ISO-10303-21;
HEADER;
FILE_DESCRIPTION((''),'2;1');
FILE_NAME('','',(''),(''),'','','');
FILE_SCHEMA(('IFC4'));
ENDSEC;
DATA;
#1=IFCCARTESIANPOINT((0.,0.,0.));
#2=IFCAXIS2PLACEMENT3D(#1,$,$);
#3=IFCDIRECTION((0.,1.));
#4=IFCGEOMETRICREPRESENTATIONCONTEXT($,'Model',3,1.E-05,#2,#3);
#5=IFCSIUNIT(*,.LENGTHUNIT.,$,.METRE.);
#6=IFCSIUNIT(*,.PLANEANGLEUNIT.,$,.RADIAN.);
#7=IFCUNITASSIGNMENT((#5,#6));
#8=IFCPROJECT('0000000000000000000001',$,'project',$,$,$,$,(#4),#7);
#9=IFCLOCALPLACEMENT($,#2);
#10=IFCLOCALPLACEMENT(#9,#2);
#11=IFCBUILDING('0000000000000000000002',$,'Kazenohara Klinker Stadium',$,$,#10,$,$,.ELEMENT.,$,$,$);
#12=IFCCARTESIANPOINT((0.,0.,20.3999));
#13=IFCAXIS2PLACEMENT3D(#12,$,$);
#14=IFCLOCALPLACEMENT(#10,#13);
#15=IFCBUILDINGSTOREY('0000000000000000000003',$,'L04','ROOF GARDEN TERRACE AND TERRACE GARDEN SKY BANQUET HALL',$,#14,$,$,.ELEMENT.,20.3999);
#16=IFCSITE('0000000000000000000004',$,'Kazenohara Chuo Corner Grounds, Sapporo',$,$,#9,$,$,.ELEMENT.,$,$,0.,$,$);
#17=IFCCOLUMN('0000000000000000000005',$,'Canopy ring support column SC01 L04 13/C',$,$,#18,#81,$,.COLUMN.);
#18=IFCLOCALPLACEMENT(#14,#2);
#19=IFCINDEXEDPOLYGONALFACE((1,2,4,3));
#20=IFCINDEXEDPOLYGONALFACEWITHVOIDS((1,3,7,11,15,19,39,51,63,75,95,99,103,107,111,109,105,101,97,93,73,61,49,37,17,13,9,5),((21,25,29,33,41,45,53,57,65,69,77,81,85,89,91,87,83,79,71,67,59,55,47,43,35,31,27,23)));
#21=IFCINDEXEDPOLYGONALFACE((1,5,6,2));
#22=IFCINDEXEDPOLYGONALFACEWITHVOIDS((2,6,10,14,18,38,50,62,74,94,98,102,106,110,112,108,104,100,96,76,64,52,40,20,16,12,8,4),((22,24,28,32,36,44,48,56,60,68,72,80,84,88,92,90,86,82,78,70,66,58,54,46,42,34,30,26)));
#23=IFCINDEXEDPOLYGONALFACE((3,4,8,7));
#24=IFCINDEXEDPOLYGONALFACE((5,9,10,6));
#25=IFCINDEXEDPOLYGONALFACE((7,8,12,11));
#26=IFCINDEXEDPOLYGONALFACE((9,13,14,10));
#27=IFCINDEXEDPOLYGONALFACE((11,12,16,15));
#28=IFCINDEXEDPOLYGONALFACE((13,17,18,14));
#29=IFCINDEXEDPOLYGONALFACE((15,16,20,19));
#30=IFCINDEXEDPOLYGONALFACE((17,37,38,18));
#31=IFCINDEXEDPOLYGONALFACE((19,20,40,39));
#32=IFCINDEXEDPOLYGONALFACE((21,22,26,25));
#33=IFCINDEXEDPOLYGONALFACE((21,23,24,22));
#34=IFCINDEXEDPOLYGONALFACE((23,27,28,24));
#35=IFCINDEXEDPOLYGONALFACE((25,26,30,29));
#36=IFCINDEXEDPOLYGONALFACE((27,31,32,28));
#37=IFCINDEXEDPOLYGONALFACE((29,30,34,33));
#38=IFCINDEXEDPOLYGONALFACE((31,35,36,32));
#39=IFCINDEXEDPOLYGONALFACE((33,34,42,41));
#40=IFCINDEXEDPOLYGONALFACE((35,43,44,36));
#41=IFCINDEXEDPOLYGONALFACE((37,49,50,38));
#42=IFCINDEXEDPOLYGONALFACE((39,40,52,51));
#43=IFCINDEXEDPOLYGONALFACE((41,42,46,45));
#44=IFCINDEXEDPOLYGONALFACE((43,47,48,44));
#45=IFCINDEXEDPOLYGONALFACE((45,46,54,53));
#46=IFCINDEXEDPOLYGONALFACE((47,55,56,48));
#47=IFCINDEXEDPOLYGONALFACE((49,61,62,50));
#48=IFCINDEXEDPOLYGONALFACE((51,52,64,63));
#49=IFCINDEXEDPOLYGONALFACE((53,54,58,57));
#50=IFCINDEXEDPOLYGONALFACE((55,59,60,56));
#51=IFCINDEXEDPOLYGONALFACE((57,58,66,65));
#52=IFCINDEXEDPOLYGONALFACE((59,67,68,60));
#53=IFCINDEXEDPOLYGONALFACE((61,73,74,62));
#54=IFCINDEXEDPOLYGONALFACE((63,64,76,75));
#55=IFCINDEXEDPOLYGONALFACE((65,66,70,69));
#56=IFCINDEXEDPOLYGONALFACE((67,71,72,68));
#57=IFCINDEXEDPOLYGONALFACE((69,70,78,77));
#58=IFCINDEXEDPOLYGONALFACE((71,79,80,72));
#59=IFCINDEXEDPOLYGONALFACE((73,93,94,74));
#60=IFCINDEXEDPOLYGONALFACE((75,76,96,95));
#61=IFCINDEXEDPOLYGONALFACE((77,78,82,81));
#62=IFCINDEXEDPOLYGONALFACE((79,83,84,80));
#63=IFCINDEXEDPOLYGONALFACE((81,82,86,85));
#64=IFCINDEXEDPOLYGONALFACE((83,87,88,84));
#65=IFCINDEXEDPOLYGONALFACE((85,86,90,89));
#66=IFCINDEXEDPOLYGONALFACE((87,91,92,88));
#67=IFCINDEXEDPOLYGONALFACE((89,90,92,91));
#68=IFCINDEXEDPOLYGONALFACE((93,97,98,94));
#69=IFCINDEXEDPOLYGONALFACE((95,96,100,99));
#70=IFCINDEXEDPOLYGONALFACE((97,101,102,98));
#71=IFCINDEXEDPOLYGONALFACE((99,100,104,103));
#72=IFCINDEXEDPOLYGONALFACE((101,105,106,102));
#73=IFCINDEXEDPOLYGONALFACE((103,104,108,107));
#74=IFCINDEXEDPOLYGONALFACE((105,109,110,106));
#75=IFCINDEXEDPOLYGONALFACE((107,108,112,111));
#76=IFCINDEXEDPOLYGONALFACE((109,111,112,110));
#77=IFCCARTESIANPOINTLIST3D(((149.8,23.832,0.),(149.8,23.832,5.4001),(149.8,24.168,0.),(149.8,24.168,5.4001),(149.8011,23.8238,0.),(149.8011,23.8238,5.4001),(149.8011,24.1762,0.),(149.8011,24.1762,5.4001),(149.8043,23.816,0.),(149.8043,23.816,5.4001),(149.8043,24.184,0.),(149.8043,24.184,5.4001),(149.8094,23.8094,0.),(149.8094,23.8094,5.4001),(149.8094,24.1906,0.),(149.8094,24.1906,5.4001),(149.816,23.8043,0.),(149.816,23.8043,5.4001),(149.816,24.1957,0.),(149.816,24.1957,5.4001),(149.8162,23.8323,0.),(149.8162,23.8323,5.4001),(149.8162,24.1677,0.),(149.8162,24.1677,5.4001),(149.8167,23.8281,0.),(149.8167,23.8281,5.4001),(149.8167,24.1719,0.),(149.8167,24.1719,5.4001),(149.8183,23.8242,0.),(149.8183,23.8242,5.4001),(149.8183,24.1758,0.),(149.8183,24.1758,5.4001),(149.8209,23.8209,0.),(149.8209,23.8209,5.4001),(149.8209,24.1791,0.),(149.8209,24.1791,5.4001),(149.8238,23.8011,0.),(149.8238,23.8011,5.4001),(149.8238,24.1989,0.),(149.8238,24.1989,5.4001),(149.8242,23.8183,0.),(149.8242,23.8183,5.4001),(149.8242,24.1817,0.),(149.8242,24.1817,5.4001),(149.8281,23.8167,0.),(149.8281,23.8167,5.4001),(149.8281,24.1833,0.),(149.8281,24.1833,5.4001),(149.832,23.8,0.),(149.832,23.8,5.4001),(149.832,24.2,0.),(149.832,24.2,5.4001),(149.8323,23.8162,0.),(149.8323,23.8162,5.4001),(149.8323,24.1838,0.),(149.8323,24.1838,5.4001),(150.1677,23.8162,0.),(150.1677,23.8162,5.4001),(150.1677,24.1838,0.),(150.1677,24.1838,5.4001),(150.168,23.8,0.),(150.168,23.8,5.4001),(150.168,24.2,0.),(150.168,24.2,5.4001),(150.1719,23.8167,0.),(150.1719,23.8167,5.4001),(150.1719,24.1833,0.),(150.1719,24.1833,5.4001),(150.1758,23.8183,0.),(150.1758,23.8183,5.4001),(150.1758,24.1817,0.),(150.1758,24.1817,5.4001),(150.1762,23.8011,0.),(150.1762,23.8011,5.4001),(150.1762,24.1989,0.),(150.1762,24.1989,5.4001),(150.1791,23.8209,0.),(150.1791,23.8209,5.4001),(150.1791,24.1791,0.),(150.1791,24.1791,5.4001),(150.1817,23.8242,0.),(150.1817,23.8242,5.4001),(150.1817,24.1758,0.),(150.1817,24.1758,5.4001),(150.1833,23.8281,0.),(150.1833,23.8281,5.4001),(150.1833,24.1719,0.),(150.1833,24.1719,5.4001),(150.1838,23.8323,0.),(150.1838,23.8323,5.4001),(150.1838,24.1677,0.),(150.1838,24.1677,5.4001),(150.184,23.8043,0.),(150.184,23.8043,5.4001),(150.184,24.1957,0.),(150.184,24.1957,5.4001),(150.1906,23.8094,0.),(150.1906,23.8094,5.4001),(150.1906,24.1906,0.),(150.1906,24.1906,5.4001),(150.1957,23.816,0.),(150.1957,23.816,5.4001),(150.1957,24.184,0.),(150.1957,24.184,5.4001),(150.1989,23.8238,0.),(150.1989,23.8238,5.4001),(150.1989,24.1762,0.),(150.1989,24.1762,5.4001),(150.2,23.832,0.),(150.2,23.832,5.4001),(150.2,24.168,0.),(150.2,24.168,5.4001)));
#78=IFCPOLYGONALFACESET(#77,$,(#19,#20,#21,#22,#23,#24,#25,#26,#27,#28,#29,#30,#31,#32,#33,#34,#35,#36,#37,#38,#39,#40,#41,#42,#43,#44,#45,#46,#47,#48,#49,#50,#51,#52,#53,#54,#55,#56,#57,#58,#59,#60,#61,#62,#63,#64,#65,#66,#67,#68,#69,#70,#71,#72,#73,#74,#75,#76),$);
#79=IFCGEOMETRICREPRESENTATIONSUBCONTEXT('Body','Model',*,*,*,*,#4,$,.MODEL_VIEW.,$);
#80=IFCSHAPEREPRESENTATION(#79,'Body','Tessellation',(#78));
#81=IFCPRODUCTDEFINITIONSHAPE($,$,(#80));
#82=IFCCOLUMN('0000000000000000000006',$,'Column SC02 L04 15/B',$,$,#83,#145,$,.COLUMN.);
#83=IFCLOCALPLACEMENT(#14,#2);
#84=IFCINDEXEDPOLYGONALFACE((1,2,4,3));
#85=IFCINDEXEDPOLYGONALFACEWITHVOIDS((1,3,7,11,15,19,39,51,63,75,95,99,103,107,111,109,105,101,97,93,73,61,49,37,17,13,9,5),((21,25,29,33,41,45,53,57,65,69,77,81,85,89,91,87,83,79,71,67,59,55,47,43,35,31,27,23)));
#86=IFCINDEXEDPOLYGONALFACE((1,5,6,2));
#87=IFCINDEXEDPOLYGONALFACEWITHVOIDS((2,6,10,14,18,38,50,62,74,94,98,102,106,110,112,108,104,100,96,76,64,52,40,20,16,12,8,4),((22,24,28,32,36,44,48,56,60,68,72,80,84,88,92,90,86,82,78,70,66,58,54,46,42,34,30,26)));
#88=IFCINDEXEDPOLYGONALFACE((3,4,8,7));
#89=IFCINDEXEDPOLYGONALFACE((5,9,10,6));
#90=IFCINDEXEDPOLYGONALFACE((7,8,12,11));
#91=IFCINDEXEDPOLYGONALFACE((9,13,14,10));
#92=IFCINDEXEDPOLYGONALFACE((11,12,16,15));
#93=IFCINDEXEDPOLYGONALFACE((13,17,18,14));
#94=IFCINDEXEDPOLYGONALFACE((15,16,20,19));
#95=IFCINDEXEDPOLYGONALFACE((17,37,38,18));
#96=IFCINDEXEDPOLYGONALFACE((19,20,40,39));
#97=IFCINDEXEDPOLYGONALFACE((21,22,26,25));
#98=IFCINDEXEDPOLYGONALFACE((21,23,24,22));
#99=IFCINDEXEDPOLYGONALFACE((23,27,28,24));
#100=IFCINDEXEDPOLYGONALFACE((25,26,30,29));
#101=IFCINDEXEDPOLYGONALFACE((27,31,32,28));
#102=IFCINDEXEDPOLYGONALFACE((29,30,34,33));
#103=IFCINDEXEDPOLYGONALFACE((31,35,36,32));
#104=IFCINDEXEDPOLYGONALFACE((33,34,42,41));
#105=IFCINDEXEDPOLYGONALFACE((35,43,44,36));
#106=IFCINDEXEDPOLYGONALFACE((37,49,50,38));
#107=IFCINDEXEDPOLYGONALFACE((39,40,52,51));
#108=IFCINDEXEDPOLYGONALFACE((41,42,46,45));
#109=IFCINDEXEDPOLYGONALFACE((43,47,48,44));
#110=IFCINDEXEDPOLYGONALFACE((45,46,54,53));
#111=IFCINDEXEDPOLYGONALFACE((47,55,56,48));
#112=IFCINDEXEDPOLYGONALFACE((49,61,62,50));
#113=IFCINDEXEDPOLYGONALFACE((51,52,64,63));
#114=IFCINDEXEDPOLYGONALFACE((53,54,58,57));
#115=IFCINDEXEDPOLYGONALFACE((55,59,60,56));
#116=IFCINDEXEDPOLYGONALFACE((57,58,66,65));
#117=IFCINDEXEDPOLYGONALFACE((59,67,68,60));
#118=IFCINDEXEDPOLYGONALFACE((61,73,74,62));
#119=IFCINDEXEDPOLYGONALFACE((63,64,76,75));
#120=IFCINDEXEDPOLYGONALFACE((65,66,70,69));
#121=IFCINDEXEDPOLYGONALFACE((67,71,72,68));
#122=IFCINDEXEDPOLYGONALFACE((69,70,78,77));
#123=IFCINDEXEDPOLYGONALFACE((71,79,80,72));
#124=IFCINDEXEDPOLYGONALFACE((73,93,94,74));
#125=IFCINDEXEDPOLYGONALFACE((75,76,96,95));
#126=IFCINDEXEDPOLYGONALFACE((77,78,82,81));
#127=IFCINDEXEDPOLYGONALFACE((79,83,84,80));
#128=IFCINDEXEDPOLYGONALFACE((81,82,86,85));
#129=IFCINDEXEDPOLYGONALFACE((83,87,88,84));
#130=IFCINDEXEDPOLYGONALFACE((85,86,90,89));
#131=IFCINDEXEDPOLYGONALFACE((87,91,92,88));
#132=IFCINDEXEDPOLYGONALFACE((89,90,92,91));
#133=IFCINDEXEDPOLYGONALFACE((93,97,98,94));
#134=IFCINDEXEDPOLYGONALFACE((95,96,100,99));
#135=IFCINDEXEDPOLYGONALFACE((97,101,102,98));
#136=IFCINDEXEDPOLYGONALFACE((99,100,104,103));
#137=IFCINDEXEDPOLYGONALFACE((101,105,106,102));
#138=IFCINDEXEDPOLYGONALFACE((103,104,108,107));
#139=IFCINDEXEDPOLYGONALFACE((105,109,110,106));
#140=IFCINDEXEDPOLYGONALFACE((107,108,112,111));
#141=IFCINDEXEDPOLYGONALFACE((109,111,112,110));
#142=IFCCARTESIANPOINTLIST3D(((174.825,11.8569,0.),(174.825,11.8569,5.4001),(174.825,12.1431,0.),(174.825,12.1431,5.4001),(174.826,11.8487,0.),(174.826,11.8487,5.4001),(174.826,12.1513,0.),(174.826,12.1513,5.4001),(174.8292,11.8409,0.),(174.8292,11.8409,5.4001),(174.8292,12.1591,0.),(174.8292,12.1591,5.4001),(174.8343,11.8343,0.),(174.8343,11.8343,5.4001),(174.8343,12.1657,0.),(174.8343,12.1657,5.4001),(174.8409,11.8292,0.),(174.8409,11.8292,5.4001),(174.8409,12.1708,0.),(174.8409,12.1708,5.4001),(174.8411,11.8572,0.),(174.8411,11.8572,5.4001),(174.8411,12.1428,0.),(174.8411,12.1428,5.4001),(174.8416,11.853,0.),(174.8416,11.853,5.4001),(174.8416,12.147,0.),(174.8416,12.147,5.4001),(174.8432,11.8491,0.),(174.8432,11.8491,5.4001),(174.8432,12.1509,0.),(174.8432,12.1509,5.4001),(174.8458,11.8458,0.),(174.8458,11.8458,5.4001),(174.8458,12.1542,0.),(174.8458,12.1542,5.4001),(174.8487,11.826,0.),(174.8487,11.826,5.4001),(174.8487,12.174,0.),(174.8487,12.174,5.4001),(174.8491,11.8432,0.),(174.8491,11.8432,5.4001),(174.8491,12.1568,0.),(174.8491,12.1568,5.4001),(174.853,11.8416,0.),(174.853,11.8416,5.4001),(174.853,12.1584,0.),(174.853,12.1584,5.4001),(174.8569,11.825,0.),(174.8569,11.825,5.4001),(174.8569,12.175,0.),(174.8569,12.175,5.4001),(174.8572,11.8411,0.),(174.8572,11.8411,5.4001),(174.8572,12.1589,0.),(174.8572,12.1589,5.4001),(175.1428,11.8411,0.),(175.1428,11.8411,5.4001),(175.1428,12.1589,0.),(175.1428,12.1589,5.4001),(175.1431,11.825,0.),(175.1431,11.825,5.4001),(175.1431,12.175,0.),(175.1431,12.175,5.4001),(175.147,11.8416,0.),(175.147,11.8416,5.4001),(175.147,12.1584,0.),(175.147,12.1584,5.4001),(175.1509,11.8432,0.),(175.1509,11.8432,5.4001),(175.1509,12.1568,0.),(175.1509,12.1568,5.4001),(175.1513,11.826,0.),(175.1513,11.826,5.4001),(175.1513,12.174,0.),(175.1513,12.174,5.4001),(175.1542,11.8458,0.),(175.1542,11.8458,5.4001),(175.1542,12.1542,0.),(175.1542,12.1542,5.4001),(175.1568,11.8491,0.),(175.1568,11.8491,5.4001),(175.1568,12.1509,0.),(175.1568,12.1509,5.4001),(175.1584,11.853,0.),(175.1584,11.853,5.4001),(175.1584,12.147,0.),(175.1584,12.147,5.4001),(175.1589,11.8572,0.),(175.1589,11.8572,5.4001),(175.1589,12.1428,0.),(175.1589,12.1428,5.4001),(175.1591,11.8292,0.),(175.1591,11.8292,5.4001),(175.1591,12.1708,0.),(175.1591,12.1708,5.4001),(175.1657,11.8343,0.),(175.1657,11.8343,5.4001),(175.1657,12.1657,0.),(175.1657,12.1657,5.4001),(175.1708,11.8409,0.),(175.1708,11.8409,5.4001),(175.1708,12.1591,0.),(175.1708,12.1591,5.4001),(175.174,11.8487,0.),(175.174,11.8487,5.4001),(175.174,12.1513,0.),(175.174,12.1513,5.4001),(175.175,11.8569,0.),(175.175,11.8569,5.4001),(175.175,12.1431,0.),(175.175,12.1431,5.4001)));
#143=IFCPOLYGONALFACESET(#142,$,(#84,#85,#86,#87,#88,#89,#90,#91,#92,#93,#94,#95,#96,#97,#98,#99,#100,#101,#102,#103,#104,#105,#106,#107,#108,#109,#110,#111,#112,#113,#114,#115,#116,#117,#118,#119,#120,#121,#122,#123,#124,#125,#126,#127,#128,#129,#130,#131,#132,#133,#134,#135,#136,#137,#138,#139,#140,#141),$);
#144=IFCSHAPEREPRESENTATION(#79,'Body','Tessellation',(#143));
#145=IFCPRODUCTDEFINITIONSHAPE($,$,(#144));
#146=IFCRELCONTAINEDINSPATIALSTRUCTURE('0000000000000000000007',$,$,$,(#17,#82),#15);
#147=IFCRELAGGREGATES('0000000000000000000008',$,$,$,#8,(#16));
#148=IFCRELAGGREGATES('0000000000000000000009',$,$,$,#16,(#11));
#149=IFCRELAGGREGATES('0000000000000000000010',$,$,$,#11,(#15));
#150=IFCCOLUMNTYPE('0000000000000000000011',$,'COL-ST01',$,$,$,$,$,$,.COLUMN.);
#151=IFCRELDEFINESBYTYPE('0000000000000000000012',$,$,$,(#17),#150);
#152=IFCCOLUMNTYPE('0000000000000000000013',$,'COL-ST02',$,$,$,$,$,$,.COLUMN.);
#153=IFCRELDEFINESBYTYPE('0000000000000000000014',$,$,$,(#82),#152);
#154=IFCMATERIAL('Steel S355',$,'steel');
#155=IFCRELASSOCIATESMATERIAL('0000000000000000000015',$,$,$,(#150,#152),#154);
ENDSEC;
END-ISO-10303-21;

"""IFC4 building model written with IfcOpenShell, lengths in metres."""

from ifc_helpers import new_model, si_unit, direction, frame, origin, origin_2d, place, context, subcontext, project, spatial, hollow_rectangle, extrude, material, material_profile, profile_set, type_object, element, save


model = new_model("IFC4")

# Units and contexts
model_context = context("Model", 3, precision=1e-05, world=origin(), true_north=direction((0.0, 1.0)))
body_context = subcontext(model_context, "Body", "Model", "MODEL_VIEW")
ifc_project = project(units=[si_unit("LENGTHUNIT", "METRE"), si_unit("PLANEANGLEUNIT", "RADIAN")], contexts=[model_context])

# Site, building, storey
site_placement = place(None, origin())
site = spatial("IfcSite", under=ifc_project, at=site_placement, Name="Kazenohara Chuo Corner Grounds, Sapporo", CompositionType="ELEMENT", RefElevation=0.0)
building_placement = place(site_placement, origin())
building = spatial("IfcBuilding", under=site, at=building_placement, Name="Kazenohara Klinker Stadium", CompositionType="ELEMENT")
storey_placement = place(building_placement, frame((0.0, 0.0, 20.3999)))
storey = spatial("IfcBuildingStorey", under=building, at=storey_placement, Name="L04", Description="ROOF GARDEN TERRACE AND TERRACE GARDEN SKY BANQUET HALL", CompositionType="ELEMENT", Elevation=20.3999)

# Columns
ifc_material_1 = material(Name="Steel S355", Category="steel")
ifc_material_profile_1 = material_profile(ifc_material_1, hollow_rectangle(XDim=0.3999, YDim=0.3999, WallThickness=0.0161, InnerFilletRadius=0.0161, OuterFilletRadius=0.032, at=origin_2d()), Name="SHS-400x400x16")
ifc_profile_set_1 = profile_set([ifc_material_profile_1], Name="Steel S355")
column_type_1 = type_object("IfcColumnType", Name="COL-ST01", PredefinedType="COLUMN", material=ifc_profile_set_1)
column_1_placement = place(storey_placement, frame((150.0, 24.0, 0.0), z_axis=(0.0, 0.0, 1.0), x_axis=(1.0, 0.0, 0.0)))
element("IfcColumn", 1, at=column_1_placement, inside=storey, type_object=column_type_1, Name="Canopy ring support column SC01 L04 13/C", PredefinedType="COLUMN", context=body_context, shape_type="SweptSolid", body=[
    extrude(hollow_rectangle(XDim=0.3999, YDim=0.3999, WallThickness=0.0161, InnerFilletRadius=0.0161, OuterFilletRadius=0.032, at=origin_2d()), origin(), (0.0, 0.0, 1.0), 5.4001),
])
ifc_material_profile_2 = material_profile(ifc_material_1, hollow_rectangle(XDim=0.3501, YDim=0.3501, WallThickness=0.0161, InnerFilletRadius=0.0161, OuterFilletRadius=0.032, at=origin_2d()), Name="SHS-350x350x16")
ifc_profile_set_2 = profile_set([ifc_material_profile_2], Name="Steel S355")
column_type_2 = type_object("IfcColumnType", Name="COL-ST02", PredefinedType="COLUMN", material=ifc_profile_set_2)
for number, where, z_axis, x_axis, name in (
    (2, (175.0, 12.0, 0.0), (0.0, 0.0, 1.0), (1.0, 0.0, 0.0), "Column SC02 L04 15/B"),
):
    element("IfcColumn", number, at=place(storey_placement, frame(where, z_axis=z_axis, x_axis=x_axis)), inside=storey, type_object=column_type_2, Name=name, PredefinedType="COLUMN", context=body_context, shape_type="SweptSolid", body=[
        extrude(hollow_rectangle(XDim=0.3501, YDim=0.3501, WallThickness=0.0161, InnerFilletRadius=0.0161, OuterFilletRadius=0.032, at=origin_2d()), origin(), (0.0, 0.0, 1.0), 5.4001),
    ])

save(model, "model.ifc")
